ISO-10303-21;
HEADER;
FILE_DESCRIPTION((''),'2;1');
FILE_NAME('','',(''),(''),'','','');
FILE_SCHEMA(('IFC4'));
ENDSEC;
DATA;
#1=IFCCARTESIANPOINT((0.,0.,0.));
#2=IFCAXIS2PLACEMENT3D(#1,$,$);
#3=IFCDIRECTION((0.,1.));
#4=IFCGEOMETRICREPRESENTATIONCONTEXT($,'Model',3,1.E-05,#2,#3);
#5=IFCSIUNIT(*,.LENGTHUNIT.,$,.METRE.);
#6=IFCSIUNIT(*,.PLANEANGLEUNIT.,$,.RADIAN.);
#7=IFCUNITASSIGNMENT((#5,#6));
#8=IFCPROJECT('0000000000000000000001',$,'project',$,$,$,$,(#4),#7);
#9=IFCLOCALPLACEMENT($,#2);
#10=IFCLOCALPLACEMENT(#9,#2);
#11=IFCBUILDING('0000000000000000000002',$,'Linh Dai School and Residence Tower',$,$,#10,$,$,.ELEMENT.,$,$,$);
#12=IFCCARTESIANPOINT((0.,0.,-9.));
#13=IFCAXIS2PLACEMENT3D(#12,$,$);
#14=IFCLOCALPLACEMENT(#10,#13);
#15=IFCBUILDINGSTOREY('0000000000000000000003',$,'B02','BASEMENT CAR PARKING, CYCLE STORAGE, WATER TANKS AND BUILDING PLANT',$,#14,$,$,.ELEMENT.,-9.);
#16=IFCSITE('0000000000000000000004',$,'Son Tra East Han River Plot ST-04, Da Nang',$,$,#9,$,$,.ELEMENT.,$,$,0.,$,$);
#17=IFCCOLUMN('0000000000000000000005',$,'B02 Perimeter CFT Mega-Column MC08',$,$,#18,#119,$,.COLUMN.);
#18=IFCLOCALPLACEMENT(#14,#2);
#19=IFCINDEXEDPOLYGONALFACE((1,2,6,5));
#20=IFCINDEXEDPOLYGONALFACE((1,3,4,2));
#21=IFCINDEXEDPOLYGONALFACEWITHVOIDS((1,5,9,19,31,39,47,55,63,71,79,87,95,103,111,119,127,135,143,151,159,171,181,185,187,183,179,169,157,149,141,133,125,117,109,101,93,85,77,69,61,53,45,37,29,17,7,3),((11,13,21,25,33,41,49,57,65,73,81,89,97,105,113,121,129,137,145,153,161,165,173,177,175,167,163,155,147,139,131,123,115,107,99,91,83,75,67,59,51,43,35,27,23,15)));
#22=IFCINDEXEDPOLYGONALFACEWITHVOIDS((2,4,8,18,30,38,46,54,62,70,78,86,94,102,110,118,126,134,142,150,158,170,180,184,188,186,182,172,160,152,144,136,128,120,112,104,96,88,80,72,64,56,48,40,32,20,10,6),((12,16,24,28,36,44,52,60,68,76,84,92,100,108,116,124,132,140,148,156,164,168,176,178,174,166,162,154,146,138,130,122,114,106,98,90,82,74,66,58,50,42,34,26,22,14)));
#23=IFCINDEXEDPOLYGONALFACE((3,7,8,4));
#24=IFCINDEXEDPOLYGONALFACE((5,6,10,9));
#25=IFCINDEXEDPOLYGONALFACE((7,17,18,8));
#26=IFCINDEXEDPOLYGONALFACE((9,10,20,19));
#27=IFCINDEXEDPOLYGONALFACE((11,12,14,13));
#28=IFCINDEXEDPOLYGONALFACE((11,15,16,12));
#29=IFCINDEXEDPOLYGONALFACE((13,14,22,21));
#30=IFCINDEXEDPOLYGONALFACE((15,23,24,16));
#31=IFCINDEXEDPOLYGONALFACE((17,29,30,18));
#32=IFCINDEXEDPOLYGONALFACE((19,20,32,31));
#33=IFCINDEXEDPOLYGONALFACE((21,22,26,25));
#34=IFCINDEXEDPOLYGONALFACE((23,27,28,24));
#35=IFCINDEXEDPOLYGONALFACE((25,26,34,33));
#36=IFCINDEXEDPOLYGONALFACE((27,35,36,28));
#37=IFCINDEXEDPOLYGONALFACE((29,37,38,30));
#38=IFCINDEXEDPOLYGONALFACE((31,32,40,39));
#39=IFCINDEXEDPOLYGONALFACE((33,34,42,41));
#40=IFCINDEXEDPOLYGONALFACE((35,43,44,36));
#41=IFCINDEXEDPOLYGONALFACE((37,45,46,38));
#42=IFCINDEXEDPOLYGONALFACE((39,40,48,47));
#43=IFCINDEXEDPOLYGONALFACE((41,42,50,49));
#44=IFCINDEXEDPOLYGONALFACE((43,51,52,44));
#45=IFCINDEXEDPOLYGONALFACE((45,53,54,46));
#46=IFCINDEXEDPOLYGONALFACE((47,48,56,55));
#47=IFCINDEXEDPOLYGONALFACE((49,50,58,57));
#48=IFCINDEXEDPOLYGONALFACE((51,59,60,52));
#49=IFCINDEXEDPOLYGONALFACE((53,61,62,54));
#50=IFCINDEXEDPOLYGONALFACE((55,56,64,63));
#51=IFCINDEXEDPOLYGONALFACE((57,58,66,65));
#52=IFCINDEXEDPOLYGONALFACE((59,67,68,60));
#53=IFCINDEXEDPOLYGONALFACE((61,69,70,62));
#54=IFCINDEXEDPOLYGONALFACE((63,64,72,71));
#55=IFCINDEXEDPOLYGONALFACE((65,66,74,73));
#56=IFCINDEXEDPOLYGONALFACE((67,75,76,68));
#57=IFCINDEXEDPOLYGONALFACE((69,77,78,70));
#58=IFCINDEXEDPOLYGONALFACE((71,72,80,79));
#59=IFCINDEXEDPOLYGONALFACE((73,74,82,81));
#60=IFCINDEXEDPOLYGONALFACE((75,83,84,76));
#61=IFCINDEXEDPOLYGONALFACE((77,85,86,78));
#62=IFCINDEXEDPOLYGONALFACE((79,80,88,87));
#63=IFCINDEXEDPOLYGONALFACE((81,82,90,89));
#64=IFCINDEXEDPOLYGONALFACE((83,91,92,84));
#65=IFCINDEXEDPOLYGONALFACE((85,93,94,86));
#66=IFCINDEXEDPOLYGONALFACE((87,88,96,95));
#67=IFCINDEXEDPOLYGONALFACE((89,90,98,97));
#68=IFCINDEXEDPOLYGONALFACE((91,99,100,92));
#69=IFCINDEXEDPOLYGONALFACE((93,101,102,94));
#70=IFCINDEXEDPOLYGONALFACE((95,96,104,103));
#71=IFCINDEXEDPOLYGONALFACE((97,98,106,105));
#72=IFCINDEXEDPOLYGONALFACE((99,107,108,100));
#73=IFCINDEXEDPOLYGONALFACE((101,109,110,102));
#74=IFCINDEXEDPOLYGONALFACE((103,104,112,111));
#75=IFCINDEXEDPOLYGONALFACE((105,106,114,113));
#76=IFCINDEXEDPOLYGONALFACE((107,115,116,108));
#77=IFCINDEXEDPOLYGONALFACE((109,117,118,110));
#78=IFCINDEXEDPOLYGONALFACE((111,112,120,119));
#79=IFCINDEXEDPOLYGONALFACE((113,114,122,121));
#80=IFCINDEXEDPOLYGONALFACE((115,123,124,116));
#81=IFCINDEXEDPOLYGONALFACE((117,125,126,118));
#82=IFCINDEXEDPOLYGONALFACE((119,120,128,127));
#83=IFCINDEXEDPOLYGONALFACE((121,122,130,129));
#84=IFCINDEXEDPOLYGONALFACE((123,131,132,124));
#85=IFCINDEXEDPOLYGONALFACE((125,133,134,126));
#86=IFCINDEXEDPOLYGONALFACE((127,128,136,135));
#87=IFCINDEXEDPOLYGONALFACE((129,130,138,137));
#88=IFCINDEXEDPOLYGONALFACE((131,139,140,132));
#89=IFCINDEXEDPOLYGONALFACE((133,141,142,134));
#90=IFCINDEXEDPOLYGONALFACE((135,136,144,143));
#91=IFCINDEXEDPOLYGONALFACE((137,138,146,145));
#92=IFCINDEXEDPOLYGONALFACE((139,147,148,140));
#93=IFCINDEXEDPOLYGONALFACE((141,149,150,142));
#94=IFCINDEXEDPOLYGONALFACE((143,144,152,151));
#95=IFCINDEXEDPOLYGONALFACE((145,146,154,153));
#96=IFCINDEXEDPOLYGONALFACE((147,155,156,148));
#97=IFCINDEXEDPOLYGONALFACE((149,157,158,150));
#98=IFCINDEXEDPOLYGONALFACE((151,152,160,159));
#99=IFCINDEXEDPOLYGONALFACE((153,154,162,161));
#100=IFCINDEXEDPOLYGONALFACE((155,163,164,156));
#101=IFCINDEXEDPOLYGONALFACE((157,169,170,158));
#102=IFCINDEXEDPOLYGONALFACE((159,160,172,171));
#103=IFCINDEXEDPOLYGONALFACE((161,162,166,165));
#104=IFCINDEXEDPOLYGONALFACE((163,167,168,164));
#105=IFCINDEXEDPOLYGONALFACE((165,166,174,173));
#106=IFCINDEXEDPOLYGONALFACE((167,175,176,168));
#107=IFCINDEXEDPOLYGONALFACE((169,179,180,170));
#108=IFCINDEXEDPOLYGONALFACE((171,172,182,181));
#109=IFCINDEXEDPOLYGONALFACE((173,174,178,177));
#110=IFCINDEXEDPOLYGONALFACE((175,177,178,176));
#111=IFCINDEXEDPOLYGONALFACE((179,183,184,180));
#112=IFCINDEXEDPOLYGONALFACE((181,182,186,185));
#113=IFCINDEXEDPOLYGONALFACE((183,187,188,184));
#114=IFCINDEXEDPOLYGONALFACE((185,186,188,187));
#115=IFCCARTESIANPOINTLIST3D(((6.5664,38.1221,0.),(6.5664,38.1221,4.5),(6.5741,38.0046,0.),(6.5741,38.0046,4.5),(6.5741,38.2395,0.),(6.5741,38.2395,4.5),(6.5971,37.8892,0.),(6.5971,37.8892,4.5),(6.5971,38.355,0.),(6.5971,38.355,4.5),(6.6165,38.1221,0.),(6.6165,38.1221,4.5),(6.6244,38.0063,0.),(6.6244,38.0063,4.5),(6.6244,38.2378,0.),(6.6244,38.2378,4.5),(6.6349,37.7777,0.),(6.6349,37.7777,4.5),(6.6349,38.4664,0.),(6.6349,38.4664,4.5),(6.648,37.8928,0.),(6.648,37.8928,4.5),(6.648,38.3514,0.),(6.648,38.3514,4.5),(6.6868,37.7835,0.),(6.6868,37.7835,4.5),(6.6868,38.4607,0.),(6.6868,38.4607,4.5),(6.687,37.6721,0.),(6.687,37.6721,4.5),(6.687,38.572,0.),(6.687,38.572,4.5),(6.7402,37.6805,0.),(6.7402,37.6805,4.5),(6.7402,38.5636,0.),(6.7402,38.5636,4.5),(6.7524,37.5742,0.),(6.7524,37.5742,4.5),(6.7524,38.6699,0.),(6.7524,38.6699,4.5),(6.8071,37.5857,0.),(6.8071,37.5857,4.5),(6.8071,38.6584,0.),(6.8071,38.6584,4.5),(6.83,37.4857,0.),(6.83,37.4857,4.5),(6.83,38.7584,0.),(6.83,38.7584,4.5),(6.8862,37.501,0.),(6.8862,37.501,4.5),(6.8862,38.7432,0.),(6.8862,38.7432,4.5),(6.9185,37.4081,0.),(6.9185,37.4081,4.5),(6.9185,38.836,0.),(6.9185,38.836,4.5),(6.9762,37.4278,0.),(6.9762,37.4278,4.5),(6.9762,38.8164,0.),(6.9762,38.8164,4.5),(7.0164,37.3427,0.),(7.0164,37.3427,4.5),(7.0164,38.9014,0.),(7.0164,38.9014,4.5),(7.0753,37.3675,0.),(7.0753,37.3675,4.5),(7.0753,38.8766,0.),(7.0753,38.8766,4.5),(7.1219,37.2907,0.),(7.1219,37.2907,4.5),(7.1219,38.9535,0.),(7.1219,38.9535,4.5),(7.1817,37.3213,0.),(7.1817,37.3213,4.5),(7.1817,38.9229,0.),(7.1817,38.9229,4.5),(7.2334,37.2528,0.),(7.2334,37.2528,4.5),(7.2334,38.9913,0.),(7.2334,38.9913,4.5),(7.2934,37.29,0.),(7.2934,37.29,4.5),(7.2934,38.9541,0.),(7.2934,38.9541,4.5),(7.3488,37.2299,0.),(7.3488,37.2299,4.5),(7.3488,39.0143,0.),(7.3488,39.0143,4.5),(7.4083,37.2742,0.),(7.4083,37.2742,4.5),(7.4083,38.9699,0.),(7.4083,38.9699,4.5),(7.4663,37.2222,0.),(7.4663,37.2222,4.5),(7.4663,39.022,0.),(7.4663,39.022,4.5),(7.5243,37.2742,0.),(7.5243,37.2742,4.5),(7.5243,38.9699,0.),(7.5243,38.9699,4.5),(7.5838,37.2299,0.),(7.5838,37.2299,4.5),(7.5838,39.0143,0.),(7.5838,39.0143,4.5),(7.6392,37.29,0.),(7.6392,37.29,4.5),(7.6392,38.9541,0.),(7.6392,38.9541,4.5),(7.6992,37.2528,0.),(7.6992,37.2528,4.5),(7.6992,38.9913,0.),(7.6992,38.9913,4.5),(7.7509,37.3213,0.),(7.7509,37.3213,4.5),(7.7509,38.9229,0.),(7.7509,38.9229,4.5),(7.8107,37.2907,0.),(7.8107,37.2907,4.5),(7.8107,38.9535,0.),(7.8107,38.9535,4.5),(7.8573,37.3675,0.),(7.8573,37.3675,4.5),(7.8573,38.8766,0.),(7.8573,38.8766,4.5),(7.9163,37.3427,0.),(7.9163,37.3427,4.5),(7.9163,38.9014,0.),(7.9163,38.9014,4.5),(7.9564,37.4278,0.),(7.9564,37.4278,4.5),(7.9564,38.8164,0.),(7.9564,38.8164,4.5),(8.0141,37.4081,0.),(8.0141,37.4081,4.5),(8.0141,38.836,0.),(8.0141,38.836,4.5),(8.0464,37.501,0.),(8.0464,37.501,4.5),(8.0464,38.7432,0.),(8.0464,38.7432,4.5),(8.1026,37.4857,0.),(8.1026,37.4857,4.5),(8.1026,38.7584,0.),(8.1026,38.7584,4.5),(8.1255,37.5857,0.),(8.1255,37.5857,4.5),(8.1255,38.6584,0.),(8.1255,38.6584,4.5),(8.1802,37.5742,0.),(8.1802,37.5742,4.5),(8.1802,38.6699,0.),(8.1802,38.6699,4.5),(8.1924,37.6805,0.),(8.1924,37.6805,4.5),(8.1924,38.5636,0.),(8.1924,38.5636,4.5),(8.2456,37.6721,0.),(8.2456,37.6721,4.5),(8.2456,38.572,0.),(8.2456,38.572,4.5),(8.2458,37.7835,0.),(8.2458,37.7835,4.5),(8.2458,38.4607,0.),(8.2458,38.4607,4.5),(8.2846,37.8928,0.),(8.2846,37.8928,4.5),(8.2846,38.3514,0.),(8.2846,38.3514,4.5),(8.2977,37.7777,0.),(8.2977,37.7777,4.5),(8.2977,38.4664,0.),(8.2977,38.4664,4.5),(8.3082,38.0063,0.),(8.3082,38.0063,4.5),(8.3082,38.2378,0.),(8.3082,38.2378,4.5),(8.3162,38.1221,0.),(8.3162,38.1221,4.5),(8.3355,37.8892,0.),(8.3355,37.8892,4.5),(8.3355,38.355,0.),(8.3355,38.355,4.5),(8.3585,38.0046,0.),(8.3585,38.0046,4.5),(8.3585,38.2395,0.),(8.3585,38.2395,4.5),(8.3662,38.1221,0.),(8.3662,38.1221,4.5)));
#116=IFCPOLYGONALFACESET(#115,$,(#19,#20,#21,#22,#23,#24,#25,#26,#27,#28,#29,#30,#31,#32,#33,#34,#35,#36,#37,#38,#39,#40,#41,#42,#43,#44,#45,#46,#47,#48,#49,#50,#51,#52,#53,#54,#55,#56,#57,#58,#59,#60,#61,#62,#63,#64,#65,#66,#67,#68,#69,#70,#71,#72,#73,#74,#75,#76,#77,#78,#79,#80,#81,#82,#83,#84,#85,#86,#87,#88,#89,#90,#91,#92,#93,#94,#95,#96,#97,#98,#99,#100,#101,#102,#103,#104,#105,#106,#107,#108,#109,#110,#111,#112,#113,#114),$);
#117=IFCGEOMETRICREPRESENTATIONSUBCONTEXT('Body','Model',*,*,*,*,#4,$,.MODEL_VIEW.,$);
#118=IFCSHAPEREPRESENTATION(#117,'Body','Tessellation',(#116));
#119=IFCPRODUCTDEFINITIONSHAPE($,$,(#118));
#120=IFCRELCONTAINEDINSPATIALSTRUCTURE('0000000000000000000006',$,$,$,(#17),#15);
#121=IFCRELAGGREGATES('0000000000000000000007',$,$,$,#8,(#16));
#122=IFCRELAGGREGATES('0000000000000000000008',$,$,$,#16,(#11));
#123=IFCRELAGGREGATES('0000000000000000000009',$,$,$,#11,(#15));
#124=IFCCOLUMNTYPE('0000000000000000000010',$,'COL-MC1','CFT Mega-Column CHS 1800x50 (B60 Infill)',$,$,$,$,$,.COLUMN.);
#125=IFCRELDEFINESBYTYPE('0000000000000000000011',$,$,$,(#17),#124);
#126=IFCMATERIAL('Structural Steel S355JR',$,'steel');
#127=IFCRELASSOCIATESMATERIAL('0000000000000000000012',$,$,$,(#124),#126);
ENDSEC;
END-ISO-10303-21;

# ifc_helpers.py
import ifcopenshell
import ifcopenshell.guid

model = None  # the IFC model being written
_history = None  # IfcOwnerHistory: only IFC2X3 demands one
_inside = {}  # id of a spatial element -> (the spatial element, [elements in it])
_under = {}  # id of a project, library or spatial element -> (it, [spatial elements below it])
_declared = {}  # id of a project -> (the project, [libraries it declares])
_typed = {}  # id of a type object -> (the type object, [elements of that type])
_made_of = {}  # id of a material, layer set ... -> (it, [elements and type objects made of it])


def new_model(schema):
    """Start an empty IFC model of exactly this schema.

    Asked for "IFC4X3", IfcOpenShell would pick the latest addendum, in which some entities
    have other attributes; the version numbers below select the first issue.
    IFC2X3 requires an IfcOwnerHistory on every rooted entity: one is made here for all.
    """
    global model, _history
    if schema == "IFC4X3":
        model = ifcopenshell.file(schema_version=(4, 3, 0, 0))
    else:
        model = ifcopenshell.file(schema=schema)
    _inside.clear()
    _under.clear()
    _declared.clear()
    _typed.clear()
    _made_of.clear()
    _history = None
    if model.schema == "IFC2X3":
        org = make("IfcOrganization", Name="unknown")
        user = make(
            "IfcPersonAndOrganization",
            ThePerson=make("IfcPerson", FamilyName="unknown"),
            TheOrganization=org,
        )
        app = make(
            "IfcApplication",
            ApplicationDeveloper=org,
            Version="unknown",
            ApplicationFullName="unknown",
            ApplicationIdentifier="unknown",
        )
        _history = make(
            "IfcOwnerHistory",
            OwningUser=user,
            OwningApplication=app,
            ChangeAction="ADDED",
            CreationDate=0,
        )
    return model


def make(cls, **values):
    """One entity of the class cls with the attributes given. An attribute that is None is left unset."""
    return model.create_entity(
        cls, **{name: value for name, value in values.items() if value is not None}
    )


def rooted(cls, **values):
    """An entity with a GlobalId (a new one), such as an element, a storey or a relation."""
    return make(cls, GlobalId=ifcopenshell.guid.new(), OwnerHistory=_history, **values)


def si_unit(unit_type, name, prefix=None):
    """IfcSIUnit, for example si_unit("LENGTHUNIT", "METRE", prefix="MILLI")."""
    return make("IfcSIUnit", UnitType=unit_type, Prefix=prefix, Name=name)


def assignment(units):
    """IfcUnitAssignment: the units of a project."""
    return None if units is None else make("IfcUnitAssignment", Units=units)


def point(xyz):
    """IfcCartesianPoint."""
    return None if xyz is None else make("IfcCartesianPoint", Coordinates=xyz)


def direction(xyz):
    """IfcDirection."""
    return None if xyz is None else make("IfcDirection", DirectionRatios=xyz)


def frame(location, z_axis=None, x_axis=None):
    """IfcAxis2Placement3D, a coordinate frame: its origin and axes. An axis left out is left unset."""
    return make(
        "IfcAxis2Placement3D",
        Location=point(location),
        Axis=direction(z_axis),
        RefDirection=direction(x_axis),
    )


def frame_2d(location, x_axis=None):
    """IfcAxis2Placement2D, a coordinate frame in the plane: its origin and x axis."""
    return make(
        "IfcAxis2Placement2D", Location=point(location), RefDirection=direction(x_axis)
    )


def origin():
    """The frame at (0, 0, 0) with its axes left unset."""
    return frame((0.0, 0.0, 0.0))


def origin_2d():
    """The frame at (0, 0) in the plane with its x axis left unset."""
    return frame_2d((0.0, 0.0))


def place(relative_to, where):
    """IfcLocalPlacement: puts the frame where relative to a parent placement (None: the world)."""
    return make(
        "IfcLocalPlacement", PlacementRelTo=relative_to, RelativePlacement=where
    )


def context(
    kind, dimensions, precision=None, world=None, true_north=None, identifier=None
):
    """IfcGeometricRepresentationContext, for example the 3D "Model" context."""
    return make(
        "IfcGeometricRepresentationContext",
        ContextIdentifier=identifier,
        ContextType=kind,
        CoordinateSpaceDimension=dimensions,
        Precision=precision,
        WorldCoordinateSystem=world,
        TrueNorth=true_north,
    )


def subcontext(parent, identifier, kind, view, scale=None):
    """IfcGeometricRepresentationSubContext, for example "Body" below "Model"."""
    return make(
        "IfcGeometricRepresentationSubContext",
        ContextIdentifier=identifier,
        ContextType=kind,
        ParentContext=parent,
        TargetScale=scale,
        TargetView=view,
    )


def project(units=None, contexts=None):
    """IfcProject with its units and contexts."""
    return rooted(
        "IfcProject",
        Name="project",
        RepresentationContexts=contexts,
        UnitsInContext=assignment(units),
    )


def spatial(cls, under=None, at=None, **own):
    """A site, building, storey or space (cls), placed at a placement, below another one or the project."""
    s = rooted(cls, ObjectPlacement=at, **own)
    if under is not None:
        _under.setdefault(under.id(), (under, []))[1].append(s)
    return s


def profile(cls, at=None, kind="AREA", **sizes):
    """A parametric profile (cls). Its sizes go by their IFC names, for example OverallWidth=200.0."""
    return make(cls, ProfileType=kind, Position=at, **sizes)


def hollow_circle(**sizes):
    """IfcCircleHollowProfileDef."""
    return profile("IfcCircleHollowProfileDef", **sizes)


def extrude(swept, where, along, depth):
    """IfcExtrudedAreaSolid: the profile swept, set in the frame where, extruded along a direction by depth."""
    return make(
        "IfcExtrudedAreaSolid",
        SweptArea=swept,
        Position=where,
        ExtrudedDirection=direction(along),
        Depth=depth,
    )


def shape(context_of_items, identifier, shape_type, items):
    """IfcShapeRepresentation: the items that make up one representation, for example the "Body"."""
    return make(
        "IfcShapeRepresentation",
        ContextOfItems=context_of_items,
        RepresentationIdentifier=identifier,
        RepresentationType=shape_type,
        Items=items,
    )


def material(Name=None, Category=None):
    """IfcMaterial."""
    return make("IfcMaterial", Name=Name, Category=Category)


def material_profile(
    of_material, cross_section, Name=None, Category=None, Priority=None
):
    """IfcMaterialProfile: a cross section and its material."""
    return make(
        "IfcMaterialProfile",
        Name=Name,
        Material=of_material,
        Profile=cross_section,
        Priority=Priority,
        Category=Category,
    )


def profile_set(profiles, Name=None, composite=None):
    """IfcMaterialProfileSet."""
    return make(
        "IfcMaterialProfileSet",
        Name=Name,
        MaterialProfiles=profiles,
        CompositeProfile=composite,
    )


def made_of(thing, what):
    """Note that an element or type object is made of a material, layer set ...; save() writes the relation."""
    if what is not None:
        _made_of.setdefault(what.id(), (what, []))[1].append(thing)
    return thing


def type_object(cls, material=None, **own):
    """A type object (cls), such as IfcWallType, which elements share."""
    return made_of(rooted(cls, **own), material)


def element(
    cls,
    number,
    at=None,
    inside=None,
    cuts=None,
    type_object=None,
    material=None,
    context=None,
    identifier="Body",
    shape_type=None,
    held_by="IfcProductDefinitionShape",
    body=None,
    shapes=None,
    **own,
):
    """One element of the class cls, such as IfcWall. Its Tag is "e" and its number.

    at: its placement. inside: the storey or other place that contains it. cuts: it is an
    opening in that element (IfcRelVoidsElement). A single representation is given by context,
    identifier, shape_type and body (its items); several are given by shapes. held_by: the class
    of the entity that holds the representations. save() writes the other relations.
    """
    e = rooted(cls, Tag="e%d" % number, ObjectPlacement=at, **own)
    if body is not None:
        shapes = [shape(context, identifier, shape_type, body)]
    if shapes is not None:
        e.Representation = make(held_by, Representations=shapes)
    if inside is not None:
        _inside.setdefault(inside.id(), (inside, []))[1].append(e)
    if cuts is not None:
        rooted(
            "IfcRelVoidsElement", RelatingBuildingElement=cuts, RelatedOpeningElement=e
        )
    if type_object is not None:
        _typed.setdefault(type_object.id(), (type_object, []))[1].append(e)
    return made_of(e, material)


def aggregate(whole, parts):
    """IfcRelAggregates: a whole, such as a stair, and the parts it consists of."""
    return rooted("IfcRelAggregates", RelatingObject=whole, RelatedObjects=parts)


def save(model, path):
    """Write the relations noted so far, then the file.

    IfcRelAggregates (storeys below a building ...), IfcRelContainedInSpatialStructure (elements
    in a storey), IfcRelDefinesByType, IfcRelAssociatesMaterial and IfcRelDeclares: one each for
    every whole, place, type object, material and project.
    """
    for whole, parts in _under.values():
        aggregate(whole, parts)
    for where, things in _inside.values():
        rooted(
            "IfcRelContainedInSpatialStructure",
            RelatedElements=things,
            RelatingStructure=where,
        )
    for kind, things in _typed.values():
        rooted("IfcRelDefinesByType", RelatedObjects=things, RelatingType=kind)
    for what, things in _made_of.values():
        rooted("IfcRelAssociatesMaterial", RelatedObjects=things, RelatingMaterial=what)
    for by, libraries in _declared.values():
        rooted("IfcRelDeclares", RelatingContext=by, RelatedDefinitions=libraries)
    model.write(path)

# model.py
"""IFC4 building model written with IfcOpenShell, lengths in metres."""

from ifc_helpers import new_model, si_unit, direction, frame, origin, origin_2d, place, context, subcontext, project, spatial, hollow_circle, extrude, material, material_profile, profile_set, type_object, element, save


model = new_model("IFC4")

# Units and contexts
model_context = context("Model", 3, precision=1e-05, world=origin(), true_north=direction((0.0, 1.0)))
body_context = subcontext(model_context, "Body", "Model", "MODEL_VIEW")
ifc_project = project(units=[si_unit("LENGTHUNIT", "METRE"), si_unit("PLANEANGLEUNIT", "RADIAN")], contexts=[model_context])

# Site, building, storey
site_placement = place(None, origin())
site = spatial("IfcSite", under=ifc_project, at=site_placement, Name="Son Tra East Han River Plot ST-04, Da Nang", CompositionType="ELEMENT", RefElevation=0.0)
building_placement = place(site_placement, origin())
building = spatial("IfcBuilding", under=site, at=building_placement, Name="Linh Dai School and Residence Tower", CompositionType="ELEMENT")
storey_placement = place(building_placement, frame((0.0, 0.0, -9.0)))
storey = spatial("IfcBuildingStorey", under=building, at=storey_placement, Name="B02", Description="BASEMENT CAR PARKING, CYCLE STORAGE, WATER TANKS AND BUILDING PLANT", CompositionType="ELEMENT", Elevation=-9.0)

# Column
ifc_material_1 = material(Name="Structural Steel S355JR", Category="steel")
ifc_material_profile_1 = material_profile(ifc_material_1, hollow_circle(Radius=0.8999, WallThickness=0.05, at=origin_2d()), Name="CHS 1800x50")
ifc_profile_set_1 = profile_set([ifc_material_profile_1], Name="Structural Steel S355JR")
column_type = type_object("IfcColumnType", Name="COL-MC1", Description="CFT Mega-Column CHS 1800x50 (B60 Infill)", PredefinedType="COLUMN", material=ifc_profile_set_1)
for number, where, z_axis, x_axis, name in (
    (1, (7.4663, 38.1221, 0.0), (0.0, 0.0, 1.0), (1.0, 0.0, 0.0), "B02 Perimeter CFT Mega-Column MC08"),
):
    element("IfcColumn", number, at=place(storey_placement, frame(where, z_axis=z_axis, x_axis=x_axis)), inside=storey, type_object=column_type, Name=name, PredefinedType="COLUMN", context=body_context, shape_type="SweptSolid", body=[
        extrude(hollow_circle(Radius=0.8999, WallThickness=0.05, at=origin_2d()), origin(), (0.0, 0.0, 1.0), 4.5),
    ])

save(model, "model.ifc")
